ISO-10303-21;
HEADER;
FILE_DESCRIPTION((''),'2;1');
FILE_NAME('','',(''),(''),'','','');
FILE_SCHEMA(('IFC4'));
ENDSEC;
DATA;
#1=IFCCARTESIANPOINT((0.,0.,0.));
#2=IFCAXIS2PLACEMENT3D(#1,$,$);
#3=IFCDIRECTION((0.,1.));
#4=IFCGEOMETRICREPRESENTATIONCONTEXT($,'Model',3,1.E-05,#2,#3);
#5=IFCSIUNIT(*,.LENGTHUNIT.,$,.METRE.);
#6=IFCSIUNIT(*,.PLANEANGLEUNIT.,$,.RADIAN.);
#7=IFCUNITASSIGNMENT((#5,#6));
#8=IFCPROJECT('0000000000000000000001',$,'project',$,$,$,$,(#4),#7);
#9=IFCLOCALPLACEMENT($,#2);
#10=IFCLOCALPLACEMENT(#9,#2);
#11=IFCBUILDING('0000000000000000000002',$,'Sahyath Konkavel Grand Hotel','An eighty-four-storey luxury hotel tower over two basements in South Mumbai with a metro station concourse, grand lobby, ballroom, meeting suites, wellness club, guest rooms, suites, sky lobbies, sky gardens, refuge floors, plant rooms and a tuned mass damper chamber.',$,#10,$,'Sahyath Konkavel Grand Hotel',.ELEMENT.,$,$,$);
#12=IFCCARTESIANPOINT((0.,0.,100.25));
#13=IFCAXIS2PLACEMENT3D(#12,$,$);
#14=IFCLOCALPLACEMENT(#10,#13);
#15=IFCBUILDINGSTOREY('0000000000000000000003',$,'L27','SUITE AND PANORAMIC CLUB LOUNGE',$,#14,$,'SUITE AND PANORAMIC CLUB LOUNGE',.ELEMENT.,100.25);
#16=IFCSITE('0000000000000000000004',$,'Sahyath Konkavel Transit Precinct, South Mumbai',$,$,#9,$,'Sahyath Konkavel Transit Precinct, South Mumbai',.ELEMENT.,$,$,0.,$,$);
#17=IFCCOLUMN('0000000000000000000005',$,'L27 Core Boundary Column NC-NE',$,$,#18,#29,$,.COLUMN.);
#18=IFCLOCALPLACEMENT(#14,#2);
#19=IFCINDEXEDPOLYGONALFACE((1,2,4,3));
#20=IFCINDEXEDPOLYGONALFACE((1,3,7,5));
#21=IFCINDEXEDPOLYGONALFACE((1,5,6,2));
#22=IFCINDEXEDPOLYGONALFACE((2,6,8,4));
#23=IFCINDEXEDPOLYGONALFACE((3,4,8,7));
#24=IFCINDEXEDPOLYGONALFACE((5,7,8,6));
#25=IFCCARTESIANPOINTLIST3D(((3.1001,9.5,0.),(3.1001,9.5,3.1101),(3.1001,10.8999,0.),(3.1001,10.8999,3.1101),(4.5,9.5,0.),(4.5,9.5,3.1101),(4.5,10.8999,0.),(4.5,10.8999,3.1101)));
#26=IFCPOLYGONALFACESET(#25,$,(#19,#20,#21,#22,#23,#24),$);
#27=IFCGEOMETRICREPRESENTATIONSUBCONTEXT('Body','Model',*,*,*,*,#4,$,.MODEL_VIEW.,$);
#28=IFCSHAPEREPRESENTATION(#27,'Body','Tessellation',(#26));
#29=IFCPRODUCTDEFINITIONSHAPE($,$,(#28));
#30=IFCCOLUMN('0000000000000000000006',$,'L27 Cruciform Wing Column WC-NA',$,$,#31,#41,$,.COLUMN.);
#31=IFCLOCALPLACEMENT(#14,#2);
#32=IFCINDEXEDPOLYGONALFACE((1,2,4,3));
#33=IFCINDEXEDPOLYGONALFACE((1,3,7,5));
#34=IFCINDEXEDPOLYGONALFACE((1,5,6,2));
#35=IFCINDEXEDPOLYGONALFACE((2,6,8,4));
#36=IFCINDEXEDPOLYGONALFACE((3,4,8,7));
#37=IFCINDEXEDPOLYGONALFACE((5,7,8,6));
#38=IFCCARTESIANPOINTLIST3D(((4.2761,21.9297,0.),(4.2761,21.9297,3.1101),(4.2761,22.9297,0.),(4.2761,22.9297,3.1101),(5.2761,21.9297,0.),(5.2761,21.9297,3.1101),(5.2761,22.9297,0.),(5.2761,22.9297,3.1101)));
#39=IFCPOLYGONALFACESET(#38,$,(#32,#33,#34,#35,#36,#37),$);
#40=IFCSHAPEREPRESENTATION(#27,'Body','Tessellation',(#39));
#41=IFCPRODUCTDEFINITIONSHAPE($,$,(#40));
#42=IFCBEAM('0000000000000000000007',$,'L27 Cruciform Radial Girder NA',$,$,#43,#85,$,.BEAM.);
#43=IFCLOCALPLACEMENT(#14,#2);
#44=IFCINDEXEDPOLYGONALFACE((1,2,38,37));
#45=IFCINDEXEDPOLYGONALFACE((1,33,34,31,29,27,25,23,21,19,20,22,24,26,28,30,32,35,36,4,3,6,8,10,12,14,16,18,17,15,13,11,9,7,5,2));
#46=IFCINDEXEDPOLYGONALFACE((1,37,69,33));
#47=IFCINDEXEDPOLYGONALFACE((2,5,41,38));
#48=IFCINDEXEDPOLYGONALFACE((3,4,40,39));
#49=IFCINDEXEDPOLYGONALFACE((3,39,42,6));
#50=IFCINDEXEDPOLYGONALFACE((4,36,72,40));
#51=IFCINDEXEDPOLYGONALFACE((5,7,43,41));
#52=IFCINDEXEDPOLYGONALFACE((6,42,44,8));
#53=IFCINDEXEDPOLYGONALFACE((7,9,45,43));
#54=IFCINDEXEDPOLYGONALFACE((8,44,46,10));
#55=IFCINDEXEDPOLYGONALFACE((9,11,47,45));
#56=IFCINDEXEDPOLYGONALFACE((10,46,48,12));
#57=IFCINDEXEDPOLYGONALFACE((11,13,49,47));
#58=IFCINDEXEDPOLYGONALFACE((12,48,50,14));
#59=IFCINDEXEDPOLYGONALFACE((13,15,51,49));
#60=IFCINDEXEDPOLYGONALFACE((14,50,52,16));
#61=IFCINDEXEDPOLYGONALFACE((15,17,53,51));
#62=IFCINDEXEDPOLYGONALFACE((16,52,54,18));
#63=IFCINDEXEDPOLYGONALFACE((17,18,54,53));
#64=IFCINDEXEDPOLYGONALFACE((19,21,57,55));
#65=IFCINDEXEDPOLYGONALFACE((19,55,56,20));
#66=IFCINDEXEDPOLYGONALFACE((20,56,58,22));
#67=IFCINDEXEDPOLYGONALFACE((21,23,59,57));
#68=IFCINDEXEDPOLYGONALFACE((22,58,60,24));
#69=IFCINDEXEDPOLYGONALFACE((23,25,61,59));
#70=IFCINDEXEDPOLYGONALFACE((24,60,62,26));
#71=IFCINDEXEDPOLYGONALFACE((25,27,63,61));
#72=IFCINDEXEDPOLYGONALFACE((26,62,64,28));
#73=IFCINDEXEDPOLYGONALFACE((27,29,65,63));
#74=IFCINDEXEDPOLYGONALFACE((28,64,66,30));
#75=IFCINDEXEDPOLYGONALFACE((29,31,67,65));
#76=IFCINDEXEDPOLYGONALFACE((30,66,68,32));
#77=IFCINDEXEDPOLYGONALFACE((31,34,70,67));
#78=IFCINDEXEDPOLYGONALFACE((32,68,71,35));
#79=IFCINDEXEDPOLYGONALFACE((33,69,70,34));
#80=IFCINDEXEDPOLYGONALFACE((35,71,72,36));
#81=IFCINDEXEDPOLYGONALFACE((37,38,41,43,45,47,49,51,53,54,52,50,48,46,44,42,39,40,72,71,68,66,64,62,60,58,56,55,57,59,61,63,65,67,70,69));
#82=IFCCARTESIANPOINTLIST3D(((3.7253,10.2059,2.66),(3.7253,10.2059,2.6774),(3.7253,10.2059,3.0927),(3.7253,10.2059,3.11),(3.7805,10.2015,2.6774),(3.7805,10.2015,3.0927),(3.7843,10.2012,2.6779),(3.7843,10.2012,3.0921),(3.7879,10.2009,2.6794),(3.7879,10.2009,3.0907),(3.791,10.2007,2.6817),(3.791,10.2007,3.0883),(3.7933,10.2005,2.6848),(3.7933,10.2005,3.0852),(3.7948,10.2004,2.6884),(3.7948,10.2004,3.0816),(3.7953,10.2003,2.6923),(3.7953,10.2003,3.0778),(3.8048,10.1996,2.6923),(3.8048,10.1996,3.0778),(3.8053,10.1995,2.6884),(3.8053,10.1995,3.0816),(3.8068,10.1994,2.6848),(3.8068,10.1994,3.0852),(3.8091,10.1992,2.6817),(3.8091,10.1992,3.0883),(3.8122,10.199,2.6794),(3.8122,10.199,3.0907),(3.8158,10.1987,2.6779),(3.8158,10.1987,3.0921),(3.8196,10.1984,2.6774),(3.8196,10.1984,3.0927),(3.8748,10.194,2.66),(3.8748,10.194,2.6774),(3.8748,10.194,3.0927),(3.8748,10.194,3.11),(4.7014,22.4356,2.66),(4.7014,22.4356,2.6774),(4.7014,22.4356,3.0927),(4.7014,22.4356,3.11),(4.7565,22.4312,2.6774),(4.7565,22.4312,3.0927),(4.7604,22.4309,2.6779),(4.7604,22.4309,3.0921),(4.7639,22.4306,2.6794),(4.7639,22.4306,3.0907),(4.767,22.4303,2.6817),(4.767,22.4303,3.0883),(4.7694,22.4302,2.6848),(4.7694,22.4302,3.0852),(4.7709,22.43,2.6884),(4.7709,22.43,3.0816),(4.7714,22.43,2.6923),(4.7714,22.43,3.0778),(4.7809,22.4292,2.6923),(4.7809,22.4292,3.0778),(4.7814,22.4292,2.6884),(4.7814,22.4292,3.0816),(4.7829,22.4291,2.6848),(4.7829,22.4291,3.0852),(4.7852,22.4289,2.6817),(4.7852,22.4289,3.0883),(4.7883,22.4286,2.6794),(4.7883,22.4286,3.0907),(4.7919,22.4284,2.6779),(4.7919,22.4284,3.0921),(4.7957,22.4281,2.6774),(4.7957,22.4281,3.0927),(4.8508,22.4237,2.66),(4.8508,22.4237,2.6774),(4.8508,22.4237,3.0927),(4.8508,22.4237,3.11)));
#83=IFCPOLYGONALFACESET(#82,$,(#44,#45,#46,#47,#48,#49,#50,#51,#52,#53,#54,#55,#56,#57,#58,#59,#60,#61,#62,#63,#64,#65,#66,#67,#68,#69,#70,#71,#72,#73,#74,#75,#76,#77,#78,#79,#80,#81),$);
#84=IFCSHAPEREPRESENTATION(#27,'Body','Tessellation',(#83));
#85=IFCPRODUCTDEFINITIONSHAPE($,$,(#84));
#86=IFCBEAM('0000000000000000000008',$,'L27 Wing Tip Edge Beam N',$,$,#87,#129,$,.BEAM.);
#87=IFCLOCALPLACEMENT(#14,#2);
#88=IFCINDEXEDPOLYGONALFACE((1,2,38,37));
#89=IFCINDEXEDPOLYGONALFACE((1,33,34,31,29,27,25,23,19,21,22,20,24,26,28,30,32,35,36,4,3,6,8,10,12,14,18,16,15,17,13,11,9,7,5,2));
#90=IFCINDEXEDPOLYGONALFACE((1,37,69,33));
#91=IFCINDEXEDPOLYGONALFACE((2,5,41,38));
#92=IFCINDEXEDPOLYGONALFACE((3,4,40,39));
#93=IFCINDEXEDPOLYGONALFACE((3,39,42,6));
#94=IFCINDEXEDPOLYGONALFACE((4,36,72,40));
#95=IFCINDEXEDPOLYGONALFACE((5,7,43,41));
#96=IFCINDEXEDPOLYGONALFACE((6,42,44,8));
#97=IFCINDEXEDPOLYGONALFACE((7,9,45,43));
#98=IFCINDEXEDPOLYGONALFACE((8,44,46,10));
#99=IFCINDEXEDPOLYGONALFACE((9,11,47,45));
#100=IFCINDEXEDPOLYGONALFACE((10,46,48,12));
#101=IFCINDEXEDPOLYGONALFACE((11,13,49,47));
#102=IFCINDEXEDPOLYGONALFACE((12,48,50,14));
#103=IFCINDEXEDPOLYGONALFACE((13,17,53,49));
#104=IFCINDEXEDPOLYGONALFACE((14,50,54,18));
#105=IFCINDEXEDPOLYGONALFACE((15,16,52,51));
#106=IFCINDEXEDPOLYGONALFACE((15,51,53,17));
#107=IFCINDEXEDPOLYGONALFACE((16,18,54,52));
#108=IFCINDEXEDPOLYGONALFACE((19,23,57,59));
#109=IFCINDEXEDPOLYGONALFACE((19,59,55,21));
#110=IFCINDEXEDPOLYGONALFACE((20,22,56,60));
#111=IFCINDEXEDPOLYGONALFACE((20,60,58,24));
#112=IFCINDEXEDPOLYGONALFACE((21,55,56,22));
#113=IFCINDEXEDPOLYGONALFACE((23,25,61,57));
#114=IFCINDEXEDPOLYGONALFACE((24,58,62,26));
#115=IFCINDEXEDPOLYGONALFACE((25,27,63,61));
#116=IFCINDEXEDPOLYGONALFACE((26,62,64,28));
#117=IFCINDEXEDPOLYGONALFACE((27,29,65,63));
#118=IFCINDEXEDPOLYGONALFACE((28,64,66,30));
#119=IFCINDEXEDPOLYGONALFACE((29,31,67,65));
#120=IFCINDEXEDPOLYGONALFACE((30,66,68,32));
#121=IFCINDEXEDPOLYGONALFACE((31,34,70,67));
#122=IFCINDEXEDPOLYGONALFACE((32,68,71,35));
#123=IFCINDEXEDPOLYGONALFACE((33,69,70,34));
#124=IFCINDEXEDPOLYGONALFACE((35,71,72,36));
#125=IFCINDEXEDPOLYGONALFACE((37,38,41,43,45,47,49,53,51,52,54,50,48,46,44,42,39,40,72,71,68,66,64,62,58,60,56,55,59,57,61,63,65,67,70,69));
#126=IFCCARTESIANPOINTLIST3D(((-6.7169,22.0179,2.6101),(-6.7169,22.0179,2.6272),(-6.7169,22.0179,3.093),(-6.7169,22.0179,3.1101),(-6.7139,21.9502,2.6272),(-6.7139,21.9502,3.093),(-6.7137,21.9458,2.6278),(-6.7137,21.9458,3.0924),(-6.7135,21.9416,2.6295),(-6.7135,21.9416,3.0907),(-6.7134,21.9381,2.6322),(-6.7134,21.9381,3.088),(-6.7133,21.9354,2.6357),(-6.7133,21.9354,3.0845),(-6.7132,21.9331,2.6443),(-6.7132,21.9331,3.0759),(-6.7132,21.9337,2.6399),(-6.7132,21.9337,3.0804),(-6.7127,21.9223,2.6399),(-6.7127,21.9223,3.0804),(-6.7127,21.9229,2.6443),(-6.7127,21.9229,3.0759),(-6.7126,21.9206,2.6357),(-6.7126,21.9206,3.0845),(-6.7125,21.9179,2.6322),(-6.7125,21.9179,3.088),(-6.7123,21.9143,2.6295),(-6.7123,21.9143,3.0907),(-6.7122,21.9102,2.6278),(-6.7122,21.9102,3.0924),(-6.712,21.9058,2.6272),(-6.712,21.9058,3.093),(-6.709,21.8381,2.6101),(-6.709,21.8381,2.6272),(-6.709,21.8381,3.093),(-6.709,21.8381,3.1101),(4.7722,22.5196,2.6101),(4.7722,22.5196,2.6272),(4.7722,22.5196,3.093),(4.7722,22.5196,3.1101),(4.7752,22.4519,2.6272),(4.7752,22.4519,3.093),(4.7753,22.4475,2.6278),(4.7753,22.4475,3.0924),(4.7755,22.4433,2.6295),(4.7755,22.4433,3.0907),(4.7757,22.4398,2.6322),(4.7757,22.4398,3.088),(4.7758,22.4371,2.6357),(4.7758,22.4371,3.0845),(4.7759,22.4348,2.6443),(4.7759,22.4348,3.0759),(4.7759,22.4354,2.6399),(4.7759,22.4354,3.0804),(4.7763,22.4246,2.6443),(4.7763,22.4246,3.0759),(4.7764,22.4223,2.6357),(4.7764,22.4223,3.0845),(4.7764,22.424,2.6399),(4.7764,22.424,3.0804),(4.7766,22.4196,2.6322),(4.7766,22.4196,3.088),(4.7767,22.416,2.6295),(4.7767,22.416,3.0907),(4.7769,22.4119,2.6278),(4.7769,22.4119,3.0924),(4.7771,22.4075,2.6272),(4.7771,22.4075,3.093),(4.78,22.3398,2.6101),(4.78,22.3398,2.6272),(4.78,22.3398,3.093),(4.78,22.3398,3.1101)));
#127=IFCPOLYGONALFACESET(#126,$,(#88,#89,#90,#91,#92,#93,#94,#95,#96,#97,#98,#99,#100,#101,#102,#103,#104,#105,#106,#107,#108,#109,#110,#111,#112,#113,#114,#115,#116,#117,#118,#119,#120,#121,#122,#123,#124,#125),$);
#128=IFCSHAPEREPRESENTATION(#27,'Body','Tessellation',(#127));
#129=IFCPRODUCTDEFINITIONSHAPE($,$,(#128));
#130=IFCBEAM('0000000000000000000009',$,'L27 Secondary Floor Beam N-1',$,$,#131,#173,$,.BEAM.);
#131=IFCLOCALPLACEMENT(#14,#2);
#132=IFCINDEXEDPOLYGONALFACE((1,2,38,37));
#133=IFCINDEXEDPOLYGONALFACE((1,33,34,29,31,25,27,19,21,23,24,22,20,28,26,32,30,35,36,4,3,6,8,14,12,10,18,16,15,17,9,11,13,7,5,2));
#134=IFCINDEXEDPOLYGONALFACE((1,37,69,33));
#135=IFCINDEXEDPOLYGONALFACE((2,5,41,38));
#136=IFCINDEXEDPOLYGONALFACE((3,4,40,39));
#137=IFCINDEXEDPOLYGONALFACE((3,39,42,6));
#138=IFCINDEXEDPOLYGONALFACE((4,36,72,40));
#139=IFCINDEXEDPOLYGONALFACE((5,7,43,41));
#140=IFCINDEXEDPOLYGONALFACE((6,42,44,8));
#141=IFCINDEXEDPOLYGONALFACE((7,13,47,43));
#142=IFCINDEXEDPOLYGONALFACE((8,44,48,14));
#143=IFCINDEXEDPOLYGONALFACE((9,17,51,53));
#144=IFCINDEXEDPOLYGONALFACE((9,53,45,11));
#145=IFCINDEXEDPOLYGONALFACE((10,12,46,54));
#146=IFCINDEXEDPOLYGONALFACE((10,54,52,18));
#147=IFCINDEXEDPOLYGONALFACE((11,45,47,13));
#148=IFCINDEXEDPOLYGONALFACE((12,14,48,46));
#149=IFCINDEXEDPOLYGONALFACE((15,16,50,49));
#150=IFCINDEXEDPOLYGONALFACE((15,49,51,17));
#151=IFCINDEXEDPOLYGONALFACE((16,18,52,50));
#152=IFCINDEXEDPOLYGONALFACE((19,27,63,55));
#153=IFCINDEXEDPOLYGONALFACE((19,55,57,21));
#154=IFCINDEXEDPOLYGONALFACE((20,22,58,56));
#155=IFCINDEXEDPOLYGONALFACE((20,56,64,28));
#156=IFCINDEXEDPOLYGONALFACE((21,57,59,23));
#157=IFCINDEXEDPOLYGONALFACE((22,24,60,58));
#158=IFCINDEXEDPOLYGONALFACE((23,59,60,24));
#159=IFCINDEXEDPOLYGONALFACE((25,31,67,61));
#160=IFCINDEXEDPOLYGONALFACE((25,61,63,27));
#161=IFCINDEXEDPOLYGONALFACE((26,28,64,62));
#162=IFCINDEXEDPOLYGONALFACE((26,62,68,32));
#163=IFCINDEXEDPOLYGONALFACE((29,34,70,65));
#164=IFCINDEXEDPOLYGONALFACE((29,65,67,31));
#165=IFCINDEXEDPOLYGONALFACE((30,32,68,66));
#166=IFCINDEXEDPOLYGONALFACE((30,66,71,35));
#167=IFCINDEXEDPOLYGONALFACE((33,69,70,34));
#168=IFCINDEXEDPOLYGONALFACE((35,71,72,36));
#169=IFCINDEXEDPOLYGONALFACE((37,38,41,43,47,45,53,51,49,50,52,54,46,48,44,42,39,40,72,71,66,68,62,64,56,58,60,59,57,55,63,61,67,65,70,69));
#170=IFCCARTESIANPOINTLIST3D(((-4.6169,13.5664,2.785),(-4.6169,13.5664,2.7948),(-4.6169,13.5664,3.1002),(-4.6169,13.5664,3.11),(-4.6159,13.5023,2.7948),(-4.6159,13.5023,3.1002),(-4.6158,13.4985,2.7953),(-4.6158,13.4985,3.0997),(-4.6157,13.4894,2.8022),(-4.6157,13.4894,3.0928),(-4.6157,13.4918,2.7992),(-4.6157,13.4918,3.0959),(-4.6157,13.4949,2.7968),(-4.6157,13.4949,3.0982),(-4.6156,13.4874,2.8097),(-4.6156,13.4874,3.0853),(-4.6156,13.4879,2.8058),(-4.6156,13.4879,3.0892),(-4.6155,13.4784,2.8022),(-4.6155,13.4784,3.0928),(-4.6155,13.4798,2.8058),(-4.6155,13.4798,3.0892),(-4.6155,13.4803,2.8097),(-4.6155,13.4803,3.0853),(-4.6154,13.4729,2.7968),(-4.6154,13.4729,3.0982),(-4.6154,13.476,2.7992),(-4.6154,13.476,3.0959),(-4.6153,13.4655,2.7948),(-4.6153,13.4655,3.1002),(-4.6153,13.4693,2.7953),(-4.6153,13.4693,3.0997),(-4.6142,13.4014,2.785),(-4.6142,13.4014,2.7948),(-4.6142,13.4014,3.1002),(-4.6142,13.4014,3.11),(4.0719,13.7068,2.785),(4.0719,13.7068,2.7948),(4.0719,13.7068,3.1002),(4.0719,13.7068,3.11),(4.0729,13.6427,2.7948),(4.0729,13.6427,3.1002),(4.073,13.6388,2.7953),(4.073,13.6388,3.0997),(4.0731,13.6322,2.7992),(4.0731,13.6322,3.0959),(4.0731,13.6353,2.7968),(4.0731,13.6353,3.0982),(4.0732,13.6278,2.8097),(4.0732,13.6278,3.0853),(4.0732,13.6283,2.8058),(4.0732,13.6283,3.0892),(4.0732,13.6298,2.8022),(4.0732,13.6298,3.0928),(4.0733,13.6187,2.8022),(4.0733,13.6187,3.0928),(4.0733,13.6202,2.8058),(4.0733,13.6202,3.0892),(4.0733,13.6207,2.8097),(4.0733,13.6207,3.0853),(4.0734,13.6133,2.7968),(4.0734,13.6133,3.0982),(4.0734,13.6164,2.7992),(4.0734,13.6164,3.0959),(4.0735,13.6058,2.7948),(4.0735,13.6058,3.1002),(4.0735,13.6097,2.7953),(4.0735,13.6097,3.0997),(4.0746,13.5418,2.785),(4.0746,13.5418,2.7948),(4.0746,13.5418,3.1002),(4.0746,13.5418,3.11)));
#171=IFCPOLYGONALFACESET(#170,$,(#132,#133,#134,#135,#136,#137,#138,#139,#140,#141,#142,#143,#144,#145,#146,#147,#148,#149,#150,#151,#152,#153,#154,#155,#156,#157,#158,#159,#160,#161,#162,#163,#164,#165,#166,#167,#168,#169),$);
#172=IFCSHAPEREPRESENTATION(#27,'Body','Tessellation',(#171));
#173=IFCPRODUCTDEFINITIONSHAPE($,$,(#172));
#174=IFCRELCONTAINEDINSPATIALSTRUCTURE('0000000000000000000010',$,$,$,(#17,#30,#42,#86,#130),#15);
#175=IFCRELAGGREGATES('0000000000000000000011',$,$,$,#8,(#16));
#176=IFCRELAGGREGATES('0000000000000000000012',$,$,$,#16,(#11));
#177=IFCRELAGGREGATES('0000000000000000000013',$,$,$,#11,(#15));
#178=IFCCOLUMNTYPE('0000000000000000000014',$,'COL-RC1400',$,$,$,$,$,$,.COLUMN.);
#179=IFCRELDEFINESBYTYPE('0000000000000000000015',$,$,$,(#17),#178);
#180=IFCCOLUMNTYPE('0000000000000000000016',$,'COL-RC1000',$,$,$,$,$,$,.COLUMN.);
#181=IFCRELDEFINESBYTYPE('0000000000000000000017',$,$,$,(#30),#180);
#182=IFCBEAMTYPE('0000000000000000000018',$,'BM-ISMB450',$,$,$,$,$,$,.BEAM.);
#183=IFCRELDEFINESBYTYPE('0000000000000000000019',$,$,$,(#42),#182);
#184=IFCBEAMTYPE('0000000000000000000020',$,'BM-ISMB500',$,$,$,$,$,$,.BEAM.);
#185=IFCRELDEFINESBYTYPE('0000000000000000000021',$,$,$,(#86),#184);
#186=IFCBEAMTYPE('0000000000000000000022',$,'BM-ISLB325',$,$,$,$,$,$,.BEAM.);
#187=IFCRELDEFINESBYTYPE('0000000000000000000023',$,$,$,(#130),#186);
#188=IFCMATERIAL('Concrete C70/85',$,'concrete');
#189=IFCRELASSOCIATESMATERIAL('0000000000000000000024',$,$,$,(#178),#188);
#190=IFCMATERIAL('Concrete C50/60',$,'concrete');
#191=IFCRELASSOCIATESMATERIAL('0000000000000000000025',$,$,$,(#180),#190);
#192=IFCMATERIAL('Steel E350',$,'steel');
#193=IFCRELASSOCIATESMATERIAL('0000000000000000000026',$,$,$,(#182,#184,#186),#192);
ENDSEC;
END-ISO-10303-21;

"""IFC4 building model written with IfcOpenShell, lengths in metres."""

from ifc_helpers import new_model, si_unit, direction, frame, origin, origin_2d, place, context, subcontext, project, spatial, rectangle, i_section, extrude, source, transform, mapped, material, material_profile, profile_set, type_object, element, save


model = new_model("IFC4")

# Units and contexts
model_context = context("Model", 3, precision=1e-05, world=origin(), true_north=direction((0.0, 1.0)))
body_context = subcontext(model_context, "Body", "Model", "MODEL_VIEW")
ifc_project = project(units=[si_unit("LENGTHUNIT", "METRE"), si_unit("PLANEANGLEUNIT", "RADIAN")], contexts=[model_context])

# Site, building, storey
site_placement = place(None, origin())
site = spatial("IfcSite", under=ifc_project, at=site_placement, Name="Sahyath Konkavel Transit Precinct, South Mumbai", LongName="Sahyath Konkavel Transit Precinct, South Mumbai", CompositionType="ELEMENT", RefElevation=0.0)
building_placement = place(site_placement, origin())
building = spatial("IfcBuilding", under=site, at=building_placement, Name="Sahyath Konkavel Grand Hotel", Description="An eighty-four-storey luxury hotel tower over two basements in South Mumbai with a metro station concourse, grand lobby, ballroom, meeting suites, wellness club, guest rooms, suites, sky lobbies, sky gardens, refuge floors, plant rooms and a tuned mass damper chamber.", LongName="Sahyath Konkavel Grand Hotel", CompositionType="ELEMENT")
storey_placement = place(building_placement, frame((0.0, 0.0, 100.25)))
storey = spatial("IfcBuildingStorey", under=building, at=storey_placement, Name="L27", Description="SUITE AND PANORAMIC CLUB LOUNGE", LongName="SUITE AND PANORAMIC CLUB LOUNGE", CompositionType="ELEMENT", Elevation=100.25)

# Columns
ifc_material_1 = material(Name="Concrete C70/85", Category="concrete")
ifc_material_profile_1 = material_profile(ifc_material_1, rectangle(XDim=1.3999, YDim=1.3999, at=origin_2d()), Name="RC 1400x1400")
ifc_profile_set_1 = profile_set([ifc_material_profile_1], Name="Concrete C70/85")
column_type_1 = type_object("IfcColumnType", Name="COL-RC1400", PredefinedType="COLUMN", material=ifc_profile_set_1)
shared_shape_1 = source(origin(), body_context, "Body", "SweptSolid", [
    extrude(rectangle(XDim=1.3999, YDim=1.3999, at=origin_2d()), origin(), (0.0, 0.0, 1.0), 3.1101),
])
column_1_placement = place(storey_placement, frame((3.8, 10.2, 0.0), z_axis=(0.0, 0.0, 1.0), x_axis=(1.0, 0.0, 0.0)))
element("IfcColumn", 1, at=column_1_placement, inside=storey, type_object=column_type_1, Name="L27 Core Boundary Column NC-NE", PredefinedType="COLUMN", context=body_context, shape_type="MappedRepresentation", body=[
    mapped(shared_shape_1, transform((0.0, 0.0, 0.0), scale=1.0)),
])
ifc_material_2 = material(Name="Concrete C50/60", Category="concrete")
ifc_material_profile_2 = material_profile(ifc_material_2, rectangle(XDim=1.0, YDim=1.0, at=origin_2d()), Name="RC 1000x1000")
ifc_profile_set_2 = profile_set([ifc_material_profile_2], Name="Concrete C50/60")
column_type_2 = type_object("IfcColumnType", Name="COL-RC1000", PredefinedType="COLUMN", material=ifc_profile_set_2)
shared_shape_2 = source(origin(), body_context, "Body", "SweptSolid", [
    extrude(rectangle(XDim=1.0, YDim=1.0, at=origin_2d()), origin(), (0.0, 0.0, 1.0), 3.1101),
])
column_2_placement = place(storey_placement, frame((4.7761, 22.4297, 0.0), z_axis=(0.0, 0.0, 1.0), x_axis=(1.0, 0.0, 0.0)))
element("IfcColumn", 2, at=column_2_placement, inside=storey, type_object=column_type_2, Name="L27 Cruciform Wing Column WC-NA", PredefinedType="COLUMN", context=body_context, shape_type="MappedRepresentation", body=[
    mapped(shared_shape_2, transform((0.0, 0.0, 0.0), scale=1.0)),
])

# Beams
ifc_material_3 = material(Name="Steel E350", Category="steel")
ifc_material_profile_3 = material_profile(ifc_material_3, i_section(OverallWidth=0.1499, OverallDepth=0.45, WebThickness=0.0095, FlangeThickness=0.0173, FilletRadius=0.0149, at=origin_2d()), Name="ISMB 450")
ifc_profile_set_3 = profile_set([ifc_material_profile_3], Name="Steel E350")
beam_type_1 = type_object("IfcBeamType", Name="BM-ISMB450", PredefinedType="BEAM", material=ifc_profile_set_3)
shared_shape_3 = source(origin(), body_context, "Body", "SweptSolid", [
    extrude(i_section(OverallWidth=0.1499, OverallDepth=0.45, WebThickness=0.0095, FlangeThickness=0.0173, FilletRadius=0.0149, at=origin_2d()), origin(), (0.0, 0.0, 1.0), 12.2686),
])
beam_1_placement = place(storey_placement, frame((3.8, 10.2, 2.885), z_axis=(0.079559, 0.99683, 0.0), x_axis=(-0.99683, 0.079559, 0.0)))
element("IfcBeam", 3, at=beam_1_placement, inside=storey, type_object=beam_type_1, Name="L27 Cruciform Radial Girder NA", PredefinedType="BEAM", context=body_context, shape_type="MappedRepresentation", body=[
    mapped(shared_shape_3, transform((0.0, 0.0, 0.0), scale=1.0)),
])
ifc_material_profile_4 = material_profile(ifc_material_3, i_section(OverallWidth=0.1799, OverallDepth=0.5, WebThickness=0.0103, FlangeThickness=0.0171, FilletRadius=0.0171, at=origin_2d()), Name="ISMB 500")
ifc_profile_set_4 = profile_set([ifc_material_profile_4], Name="Steel E350")
beam_type_2 = type_object("IfcBeamType", Name="BM-ISMB500", PredefinedType="BEAM", material=ifc_profile_set_4)
shared_shape_4 = source(origin(), body_context, "Body", "SweptSolid", [
    extrude(i_section(OverallWidth=0.1799, OverallDepth=0.5, WebThickness=0.0103, FlangeThickness=0.0171, FilletRadius=0.0171, at=origin_2d()), origin(), (0.0, 0.0, 1.0), 11.5),
])
beam_2_placement = place(storey_placement, frame((4.7761, 22.4297, 2.8601), z_axis=(-0.999048, -0.043627, 0.0), x_axis=(0.043627, -0.999048, 0.0)))
element("IfcBeam", 4, at=beam_2_placement, inside=storey, type_object=beam_type_2, Name="L27 Wing Tip Edge Beam N", PredefinedType="BEAM", context=body_context, shape_type="MappedRepresentation", body=[
    mapped(shared_shape_4, transform((0.0, 0.0, 0.0), scale=1.0)),
])
ifc_material_profile_5 = material_profile(ifc_material_3, i_section(OverallWidth=0.165, OverallDepth=0.325, WebThickness=0.0071, FlangeThickness=0.0098, FilletRadius=0.0149, at=origin_2d()), Name="ISLB 325")
ifc_profile_set_5 = profile_set([ifc_material_profile_5], Name="Steel E350")
beam_type_3 = type_object("IfcBeamType", Name="BM-ISLB325", PredefinedType="BEAM", material=ifc_profile_set_5)
shared_shape_5 = source(origin(), body_context, "Body", "SweptSolid", [
    extrude(i_section(OverallWidth=0.165, OverallDepth=0.325, WebThickness=0.0071, FlangeThickness=0.0098, FilletRadius=0.0149, at=origin_2d()), origin(), (0.0, 0.0, 1.0), 8.6899),
])
beam_3_placement = place(storey_placement, frame((4.0732, 13.6243, 2.9475), z_axis=(-0.99987, -0.016155, 0.0), x_axis=(0.016155, -0.99987, 0.0)))
element("IfcBeam", 5, at=beam_3_placement, inside=storey, type_object=beam_type_3, Name="L27 Secondary Floor Beam N-1", PredefinedType="BEAM", context=body_context, shape_type="MappedRepresentation", body=[
    mapped(shared_shape_5, transform((0.0, 0.0, 0.0), scale=1.0)),
])

save(model, "model.ifc")
